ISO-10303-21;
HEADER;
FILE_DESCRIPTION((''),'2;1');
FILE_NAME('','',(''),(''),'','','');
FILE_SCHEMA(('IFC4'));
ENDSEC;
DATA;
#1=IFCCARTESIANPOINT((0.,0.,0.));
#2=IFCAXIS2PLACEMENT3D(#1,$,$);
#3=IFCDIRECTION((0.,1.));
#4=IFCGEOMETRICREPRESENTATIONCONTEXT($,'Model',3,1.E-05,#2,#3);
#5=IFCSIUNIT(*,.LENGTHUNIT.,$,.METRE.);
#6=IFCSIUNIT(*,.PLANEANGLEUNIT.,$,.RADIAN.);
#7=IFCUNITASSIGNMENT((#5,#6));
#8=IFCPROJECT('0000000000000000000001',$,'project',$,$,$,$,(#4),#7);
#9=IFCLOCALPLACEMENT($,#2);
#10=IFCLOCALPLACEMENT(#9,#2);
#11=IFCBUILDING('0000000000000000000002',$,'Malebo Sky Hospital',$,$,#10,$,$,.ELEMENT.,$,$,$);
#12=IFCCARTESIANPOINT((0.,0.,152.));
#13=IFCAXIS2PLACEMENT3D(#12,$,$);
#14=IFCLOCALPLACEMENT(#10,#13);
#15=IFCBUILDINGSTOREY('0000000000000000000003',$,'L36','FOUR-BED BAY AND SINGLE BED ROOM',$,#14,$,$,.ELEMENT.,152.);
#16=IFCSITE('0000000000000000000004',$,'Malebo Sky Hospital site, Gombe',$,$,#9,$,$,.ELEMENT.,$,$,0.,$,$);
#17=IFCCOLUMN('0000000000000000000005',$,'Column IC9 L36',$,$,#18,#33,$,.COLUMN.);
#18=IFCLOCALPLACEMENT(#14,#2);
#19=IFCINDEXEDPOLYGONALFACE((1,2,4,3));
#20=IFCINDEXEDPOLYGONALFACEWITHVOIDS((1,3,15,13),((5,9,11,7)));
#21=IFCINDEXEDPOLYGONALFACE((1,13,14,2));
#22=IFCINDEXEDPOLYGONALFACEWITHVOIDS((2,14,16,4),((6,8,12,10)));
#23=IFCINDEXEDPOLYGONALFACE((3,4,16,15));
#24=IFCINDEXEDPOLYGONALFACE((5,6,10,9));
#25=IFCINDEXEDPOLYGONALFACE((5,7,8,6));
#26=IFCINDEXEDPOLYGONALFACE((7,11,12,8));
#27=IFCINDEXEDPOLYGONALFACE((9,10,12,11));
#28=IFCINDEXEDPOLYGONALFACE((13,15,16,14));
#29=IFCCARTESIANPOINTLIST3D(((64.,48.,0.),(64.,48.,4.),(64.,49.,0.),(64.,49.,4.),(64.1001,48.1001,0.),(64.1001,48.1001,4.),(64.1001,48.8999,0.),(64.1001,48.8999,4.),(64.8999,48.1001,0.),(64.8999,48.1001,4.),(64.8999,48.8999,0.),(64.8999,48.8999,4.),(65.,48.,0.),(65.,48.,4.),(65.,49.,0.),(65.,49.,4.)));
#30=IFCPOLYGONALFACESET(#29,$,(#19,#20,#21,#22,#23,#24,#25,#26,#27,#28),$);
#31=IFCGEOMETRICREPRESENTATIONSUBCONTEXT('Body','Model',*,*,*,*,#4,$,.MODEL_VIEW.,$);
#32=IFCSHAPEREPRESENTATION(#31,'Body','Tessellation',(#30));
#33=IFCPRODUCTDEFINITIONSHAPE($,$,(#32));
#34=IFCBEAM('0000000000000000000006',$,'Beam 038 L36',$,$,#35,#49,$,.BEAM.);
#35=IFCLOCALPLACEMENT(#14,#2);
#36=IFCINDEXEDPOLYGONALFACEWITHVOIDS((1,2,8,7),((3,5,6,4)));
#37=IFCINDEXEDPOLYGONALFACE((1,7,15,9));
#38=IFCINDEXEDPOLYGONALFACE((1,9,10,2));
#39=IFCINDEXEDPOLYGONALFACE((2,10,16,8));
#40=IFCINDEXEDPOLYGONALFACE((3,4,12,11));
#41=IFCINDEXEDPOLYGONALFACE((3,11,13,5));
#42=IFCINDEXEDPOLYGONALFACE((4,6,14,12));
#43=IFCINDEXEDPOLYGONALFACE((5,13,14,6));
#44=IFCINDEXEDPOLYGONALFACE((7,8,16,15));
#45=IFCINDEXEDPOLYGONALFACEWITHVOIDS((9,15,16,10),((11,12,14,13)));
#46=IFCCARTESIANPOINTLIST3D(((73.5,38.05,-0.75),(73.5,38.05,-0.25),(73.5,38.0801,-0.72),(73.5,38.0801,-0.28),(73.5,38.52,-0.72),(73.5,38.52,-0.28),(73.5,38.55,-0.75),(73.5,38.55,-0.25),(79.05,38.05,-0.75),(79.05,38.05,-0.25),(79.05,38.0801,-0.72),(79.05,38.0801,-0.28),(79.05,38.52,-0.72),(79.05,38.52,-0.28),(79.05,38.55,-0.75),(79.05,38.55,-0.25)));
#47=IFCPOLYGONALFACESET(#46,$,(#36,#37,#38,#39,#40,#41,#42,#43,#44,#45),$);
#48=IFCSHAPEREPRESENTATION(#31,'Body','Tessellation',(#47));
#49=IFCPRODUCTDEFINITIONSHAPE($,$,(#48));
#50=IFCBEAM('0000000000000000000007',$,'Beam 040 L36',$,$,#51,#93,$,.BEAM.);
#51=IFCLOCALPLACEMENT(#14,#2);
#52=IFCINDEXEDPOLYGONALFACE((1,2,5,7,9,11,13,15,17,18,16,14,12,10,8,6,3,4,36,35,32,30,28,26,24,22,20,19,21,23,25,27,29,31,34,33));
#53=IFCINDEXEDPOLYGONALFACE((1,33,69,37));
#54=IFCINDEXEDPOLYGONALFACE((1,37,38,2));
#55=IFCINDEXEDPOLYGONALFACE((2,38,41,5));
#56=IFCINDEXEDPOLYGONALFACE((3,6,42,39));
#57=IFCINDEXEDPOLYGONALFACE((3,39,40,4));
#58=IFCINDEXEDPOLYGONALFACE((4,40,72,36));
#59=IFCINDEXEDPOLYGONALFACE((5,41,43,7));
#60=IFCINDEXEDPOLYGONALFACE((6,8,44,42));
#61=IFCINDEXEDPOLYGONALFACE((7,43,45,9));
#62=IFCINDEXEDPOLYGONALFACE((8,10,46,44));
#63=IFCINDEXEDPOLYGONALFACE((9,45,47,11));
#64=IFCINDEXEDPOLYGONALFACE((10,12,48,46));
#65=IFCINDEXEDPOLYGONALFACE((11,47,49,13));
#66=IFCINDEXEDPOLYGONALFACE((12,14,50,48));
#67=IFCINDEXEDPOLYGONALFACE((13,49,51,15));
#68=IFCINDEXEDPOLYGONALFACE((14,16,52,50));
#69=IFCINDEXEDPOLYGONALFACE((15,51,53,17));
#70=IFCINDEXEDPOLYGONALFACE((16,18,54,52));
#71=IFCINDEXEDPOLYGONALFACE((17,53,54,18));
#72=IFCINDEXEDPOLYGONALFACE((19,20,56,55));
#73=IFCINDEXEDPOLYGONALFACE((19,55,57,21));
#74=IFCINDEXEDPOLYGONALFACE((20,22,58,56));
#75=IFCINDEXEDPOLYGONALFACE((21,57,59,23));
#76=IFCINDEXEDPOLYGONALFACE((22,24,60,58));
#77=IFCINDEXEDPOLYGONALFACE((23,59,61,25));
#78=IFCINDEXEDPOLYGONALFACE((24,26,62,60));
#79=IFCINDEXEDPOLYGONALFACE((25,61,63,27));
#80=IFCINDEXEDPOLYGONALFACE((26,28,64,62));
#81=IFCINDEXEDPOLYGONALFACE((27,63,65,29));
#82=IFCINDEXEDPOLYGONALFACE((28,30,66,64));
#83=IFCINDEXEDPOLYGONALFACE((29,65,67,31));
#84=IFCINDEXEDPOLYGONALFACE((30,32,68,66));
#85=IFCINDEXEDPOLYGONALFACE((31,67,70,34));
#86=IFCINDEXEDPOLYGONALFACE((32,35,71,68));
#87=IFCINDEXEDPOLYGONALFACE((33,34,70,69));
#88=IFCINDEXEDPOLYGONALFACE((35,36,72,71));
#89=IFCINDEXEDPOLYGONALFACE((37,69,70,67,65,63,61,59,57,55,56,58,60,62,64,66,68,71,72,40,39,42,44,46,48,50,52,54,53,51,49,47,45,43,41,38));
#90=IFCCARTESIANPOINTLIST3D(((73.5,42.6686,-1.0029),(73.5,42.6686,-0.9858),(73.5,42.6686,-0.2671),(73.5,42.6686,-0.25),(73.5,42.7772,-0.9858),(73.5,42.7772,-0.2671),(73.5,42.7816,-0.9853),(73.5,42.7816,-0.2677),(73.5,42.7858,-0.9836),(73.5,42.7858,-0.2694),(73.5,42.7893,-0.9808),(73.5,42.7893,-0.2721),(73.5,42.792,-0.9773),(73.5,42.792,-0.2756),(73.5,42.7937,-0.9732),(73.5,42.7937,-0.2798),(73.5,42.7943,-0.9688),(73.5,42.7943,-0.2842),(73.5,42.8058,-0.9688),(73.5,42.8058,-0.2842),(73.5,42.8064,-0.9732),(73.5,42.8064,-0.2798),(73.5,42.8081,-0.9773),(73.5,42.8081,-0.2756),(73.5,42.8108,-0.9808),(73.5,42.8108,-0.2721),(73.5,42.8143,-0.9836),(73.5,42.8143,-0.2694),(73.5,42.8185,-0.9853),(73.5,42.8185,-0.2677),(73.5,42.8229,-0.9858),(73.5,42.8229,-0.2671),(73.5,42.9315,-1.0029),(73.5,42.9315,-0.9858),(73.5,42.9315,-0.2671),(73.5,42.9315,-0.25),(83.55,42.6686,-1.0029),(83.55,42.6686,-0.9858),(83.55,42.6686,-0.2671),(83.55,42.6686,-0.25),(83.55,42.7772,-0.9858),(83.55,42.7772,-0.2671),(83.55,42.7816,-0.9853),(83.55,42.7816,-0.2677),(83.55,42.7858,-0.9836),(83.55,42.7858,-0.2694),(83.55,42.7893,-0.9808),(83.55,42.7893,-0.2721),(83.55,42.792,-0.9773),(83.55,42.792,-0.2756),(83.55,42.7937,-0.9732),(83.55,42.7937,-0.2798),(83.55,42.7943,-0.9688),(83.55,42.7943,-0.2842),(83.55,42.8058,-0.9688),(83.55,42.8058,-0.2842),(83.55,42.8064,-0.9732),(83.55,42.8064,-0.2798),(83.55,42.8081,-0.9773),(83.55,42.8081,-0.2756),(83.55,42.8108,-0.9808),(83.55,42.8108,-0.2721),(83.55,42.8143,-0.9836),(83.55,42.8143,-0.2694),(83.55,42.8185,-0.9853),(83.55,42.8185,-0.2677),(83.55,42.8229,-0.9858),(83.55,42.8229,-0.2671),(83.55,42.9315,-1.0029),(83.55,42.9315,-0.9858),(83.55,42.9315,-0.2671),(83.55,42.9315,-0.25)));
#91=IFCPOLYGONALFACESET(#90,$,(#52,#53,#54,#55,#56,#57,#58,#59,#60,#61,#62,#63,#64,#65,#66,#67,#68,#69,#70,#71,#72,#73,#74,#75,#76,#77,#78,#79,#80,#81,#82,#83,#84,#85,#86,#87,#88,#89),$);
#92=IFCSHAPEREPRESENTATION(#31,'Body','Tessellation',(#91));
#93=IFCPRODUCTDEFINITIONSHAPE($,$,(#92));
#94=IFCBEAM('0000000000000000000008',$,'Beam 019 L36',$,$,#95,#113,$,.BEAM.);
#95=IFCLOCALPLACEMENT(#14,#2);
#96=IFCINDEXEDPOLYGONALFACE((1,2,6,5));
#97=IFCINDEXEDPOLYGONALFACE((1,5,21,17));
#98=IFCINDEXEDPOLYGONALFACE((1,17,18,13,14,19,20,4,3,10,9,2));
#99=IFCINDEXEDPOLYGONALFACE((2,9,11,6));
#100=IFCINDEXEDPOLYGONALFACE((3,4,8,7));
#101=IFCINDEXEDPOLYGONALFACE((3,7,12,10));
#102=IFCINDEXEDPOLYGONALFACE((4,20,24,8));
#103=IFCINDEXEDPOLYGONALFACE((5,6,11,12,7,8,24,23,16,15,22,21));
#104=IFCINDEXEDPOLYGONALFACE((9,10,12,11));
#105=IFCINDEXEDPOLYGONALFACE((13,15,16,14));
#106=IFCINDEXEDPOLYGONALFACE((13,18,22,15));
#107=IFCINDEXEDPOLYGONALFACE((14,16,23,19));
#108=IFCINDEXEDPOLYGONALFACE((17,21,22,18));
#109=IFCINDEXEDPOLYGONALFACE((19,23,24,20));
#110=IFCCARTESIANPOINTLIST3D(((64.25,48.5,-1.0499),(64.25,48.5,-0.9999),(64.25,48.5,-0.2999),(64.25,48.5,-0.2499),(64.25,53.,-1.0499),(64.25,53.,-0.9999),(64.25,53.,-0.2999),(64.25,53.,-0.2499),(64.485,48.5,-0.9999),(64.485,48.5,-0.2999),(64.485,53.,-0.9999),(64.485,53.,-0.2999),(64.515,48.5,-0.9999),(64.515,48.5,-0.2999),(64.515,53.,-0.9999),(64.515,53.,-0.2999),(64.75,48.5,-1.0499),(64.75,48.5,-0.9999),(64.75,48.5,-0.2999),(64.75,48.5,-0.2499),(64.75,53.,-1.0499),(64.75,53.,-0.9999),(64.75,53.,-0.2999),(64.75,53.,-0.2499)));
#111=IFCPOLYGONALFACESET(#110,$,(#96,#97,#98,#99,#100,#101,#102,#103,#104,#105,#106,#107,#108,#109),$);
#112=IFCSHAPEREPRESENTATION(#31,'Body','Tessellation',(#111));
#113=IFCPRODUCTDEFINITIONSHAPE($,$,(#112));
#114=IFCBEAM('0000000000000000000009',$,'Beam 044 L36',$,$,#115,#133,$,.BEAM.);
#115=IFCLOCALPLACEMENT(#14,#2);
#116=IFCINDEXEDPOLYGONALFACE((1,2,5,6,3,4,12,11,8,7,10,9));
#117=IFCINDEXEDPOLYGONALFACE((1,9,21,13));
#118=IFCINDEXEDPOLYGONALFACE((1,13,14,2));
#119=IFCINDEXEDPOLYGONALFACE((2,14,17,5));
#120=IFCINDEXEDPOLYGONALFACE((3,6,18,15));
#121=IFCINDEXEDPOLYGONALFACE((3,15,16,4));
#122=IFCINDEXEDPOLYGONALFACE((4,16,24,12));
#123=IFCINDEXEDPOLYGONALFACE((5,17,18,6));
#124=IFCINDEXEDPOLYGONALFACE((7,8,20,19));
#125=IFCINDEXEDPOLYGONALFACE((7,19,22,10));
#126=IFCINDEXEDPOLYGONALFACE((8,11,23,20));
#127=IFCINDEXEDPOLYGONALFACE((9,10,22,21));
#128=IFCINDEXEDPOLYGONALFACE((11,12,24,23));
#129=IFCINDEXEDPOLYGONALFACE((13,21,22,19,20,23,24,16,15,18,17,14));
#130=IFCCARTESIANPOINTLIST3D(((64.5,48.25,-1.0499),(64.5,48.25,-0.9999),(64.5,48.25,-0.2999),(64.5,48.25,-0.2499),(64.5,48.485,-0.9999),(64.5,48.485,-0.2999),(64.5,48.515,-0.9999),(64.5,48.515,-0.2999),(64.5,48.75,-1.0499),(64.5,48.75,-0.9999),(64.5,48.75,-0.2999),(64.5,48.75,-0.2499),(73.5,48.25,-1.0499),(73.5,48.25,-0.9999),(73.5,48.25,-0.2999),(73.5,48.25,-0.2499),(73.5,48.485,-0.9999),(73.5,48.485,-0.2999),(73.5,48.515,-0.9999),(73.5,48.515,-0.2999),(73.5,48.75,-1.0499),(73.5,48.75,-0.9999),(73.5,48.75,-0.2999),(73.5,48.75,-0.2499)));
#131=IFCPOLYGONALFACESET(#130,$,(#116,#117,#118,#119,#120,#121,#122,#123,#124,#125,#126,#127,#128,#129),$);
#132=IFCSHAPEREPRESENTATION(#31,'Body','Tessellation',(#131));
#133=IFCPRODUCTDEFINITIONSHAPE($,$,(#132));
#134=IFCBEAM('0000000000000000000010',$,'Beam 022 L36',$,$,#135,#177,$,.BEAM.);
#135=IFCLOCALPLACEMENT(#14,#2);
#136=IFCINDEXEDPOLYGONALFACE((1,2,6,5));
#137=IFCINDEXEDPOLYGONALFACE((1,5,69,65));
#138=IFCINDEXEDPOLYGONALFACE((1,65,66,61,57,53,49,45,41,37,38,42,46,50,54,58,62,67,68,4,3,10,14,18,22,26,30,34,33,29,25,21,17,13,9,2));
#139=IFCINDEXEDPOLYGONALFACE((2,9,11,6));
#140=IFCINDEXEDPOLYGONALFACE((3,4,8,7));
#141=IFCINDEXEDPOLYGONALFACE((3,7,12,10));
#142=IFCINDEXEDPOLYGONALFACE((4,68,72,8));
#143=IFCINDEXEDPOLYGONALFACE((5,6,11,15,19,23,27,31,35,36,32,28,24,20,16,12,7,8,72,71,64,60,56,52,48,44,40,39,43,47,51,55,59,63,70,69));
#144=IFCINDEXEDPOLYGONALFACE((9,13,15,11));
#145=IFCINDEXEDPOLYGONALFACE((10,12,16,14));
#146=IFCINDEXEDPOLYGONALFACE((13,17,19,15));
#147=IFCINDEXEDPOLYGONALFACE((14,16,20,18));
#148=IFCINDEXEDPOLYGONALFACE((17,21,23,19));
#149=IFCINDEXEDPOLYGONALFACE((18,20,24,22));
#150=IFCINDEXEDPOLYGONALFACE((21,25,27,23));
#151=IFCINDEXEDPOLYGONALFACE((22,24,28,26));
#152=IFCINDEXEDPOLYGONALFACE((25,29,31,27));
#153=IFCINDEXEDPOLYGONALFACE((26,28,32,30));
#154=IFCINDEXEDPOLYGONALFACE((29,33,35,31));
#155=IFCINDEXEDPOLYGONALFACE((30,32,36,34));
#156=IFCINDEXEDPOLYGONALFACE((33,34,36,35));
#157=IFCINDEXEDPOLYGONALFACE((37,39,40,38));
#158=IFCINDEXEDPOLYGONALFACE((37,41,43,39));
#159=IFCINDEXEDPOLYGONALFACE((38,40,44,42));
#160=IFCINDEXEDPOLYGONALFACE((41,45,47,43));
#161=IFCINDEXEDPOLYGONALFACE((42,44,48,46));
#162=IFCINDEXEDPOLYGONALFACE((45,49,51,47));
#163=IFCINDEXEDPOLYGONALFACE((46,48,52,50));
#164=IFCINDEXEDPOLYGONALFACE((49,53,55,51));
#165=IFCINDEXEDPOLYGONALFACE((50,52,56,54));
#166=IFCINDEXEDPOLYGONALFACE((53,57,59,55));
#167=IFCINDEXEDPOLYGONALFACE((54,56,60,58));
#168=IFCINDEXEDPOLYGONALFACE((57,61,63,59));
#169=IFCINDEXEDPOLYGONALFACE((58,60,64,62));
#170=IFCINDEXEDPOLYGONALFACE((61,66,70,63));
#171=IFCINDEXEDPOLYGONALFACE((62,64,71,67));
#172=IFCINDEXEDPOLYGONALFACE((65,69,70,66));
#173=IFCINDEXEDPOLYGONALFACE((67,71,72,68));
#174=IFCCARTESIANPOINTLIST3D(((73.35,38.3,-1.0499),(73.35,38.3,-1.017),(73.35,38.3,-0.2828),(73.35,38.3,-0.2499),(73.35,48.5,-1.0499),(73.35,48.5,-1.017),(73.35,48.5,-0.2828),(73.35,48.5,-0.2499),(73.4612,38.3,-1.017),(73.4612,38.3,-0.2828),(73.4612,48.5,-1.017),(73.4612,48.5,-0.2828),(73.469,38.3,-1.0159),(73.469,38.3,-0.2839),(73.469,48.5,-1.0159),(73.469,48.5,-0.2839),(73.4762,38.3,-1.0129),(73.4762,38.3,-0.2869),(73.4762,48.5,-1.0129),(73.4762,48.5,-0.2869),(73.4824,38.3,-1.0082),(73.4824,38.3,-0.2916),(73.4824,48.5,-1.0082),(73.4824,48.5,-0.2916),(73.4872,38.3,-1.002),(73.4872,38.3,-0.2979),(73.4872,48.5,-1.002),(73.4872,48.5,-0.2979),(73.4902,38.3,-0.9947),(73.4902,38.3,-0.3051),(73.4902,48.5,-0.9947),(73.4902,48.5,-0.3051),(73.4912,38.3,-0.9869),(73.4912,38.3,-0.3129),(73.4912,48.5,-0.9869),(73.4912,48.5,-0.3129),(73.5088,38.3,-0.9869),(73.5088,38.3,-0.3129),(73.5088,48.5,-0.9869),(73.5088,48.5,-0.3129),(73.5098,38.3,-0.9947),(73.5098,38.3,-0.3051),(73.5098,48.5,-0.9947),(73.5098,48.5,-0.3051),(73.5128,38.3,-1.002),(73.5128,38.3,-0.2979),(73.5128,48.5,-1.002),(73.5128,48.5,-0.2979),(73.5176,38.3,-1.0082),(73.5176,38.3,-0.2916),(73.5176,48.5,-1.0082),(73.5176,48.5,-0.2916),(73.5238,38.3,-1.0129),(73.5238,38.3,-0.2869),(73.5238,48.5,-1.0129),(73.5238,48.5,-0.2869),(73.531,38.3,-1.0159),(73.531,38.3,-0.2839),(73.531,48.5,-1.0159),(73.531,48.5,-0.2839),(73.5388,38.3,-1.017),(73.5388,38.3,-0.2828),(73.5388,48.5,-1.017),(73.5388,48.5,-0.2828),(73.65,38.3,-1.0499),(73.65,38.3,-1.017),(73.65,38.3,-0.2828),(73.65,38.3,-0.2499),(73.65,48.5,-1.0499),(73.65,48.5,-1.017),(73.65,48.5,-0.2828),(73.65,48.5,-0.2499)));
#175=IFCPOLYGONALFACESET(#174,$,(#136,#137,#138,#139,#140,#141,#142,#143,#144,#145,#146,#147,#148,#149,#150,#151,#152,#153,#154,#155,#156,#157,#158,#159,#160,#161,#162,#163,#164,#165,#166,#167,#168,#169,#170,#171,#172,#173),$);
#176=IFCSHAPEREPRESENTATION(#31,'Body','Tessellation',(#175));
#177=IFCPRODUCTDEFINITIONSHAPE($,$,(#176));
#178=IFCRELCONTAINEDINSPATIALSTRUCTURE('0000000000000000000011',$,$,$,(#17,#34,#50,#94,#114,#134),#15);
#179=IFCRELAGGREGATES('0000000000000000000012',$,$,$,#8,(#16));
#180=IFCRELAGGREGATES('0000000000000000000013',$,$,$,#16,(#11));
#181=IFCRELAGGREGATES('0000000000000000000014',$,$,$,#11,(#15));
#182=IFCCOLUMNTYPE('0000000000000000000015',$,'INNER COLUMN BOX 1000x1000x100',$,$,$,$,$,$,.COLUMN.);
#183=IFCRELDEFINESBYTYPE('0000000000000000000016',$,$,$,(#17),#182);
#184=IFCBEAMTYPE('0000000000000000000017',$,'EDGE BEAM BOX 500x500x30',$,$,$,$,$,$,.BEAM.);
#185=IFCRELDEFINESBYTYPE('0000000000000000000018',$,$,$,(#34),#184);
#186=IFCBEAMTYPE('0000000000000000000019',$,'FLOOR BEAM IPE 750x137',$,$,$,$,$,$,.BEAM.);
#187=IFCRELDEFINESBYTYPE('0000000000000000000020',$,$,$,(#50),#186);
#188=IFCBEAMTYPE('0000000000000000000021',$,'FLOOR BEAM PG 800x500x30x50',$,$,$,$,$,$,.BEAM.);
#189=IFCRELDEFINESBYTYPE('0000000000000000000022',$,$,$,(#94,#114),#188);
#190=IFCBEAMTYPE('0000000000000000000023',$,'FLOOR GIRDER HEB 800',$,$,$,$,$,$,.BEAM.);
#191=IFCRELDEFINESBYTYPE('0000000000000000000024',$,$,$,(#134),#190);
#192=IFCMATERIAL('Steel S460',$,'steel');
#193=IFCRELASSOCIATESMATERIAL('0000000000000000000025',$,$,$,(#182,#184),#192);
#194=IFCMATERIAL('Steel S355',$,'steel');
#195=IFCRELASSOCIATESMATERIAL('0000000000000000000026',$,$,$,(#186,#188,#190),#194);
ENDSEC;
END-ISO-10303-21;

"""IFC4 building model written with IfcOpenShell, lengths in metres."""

from ifc_helpers import new_model, si_unit, direction, frame, origin, origin_2d, place, context, subcontext, project, spatial, hollow_rectangle, i_section, extrude, material, material_profile, profile_set, type_object, element, save


model = new_model("IFC4")

# Units and contexts
model_context = context("Model", 3, precision=1e-05, world=origin(), true_north=direction((0.0, 1.0)))
body_context = subcontext(model_context, "Body", "Model", "MODEL_VIEW")
ifc_project = project(units=[si_unit("LENGTHUNIT", "METRE"), si_unit("PLANEANGLEUNIT", "RADIAN")], contexts=[model_context])

# Site, building, storey
site_placement = place(None, origin())
site = spatial("IfcSite", under=ifc_project, at=site_placement, Name="Malebo Sky Hospital site, Gombe", CompositionType="ELEMENT", RefElevation=0.0)
building_placement = place(site_placement, origin())
building = spatial("IfcBuilding", under=site, at=building_placement, Name="Malebo Sky Hospital", CompositionType="ELEMENT")
storey_placement = place(building_placement, frame((0.0, 0.0, 152.0)))
storey = spatial("IfcBuildingStorey", under=building, at=storey_placement, Name="L36", Description="FOUR-BED BAY AND SINGLE BED ROOM", CompositionType="ELEMENT", Elevation=152.0)

# Column
ifc_material_1 = material(Name="Steel S460", Category="steel")
ifc_material_profile_1 = material_profile(ifc_material_1, hollow_rectangle(XDim=1.0, YDim=1.0, WallThickness=0.1001, at=origin_2d()), Name="BOX 1000x1000x100")
ifc_profile_set_1 = profile_set([ifc_material_profile_1], Name="Steel S460")
column_type = type_object("IfcColumnType", Name="INNER COLUMN BOX 1000x1000x100", PredefinedType="COLUMN", material=ifc_profile_set_1)
column_placement = place(storey_placement, frame((64.5, 48.5, 0.0), z_axis=(0.0, 0.0, 1.0), x_axis=(1.0, 0.0, 0.0)))
element("IfcColumn", 1, at=column_placement, inside=storey, type_object=column_type, Name="Column IC9 L36", PredefinedType="COLUMN", context=body_context, shape_type="SweptSolid", body=[
    extrude(hollow_rectangle(XDim=1.0, YDim=1.0, WallThickness=0.1001, at=origin_2d()), origin(), (0.0, 0.0, 1.0), 4.0),
])

# Beams
ifc_material_profile_2 = material_profile(ifc_material_1, hollow_rectangle(XDim=0.5, YDim=0.5, WallThickness=0.03, at=origin_2d()), Name="BOX 500x500x30")
ifc_profile_set_2 = profile_set([ifc_material_profile_2], Name="Steel S460")
beam_type_1 = type_object("IfcBeamType", Name="EDGE BEAM BOX 500x500x30", PredefinedType="BEAM", material=ifc_profile_set_2)
beam_1_placement = place(storey_placement, frame((73.5, 38.3, -0.5), z_axis=(1.0, 0.0, 0.0), x_axis=(0.0, 1.0, 0.0)))
element("IfcBeam", 2, at=beam_1_placement, inside=storey, type_object=beam_type_1, Name="Beam 038 L36", PredefinedType="BEAM", context=body_context, shape_type="SweptSolid", body=[
    extrude(hollow_rectangle(XDim=0.5, YDim=0.5, WallThickness=0.03, at=origin_2d()), origin(), (0.0, 0.0, 1.0), 5.55),
])
ifc_material_2 = material(Name="Steel S355", Category="steel")
ifc_material_profile_3 = material_profile(ifc_material_2, i_section(OverallWidth=0.2629, OverallDepth=0.7529, WebThickness=0.0115, FlangeThickness=0.0171, FilletRadius=0.0171, at=origin_2d()), Name="IPE 750x137")
ifc_profile_set_3 = profile_set([ifc_material_profile_3], Name="Steel S355")
beam_type_2 = type_object("IfcBeamType", Name="FLOOR BEAM IPE 750x137", PredefinedType="BEAM", material=ifc_profile_set_3)
beam_2_placement = place(storey_placement, frame((73.5, 42.8, -0.6265), z_axis=(1.0, 0.0, 0.0), x_axis=(0.0, 1.0, 0.0)))
element("IfcBeam", 3, at=beam_2_placement, inside=storey, type_object=beam_type_2, Name="Beam 040 L36", PredefinedType="BEAM", context=body_context, shape_type="SweptSolid", body=[
    extrude(i_section(OverallWidth=0.2629, OverallDepth=0.7529, WebThickness=0.0115, FlangeThickness=0.0171, FilletRadius=0.0171, at=origin_2d()), origin(), (0.0, 0.0, 1.0), 10.05),
])
ifc_material_profile_4 = material_profile(ifc_material_2, i_section(OverallWidth=0.5, OverallDepth=0.8, WebThickness=0.03, FlangeThickness=0.05, at=origin_2d()), Name="PG 800x500x30x50")
ifc_profile_set_4 = profile_set([ifc_material_profile_4], Name="Steel S355")
beam_type_3 = type_object("IfcBeamType", Name="FLOOR BEAM PG 800x500x30x50", PredefinedType="BEAM", material=ifc_profile_set_4)
beam_3_placement = place(storey_placement, frame((64.5, 48.5, -0.6499), z_axis=(0.0, 1.0, 0.0), x_axis=(-1.0, 0.0, 0.0)))
element("IfcBeam", 4, at=beam_3_placement, inside=storey, type_object=beam_type_3, Name="Beam 019 L36", PredefinedType="BEAM", context=body_context, shape_type="SweptSolid", body=[
    extrude(i_section(OverallWidth=0.5, OverallDepth=0.8, WebThickness=0.03, FlangeThickness=0.05, at=origin_2d()), origin(), (0.0, 0.0, 1.0), 4.5),
])
beam_4_placement = place(storey_placement, frame((64.5, 48.5, -0.6499), z_axis=(1.0, 0.0, 0.0), x_axis=(0.0, 1.0, 0.0)))
element("IfcBeam", 5, at=beam_4_placement, inside=storey, type_object=beam_type_3, Name="Beam 044 L36", PredefinedType="BEAM", context=body_context, shape_type="SweptSolid", body=[
    extrude(i_section(OverallWidth=0.5, OverallDepth=0.8, WebThickness=0.03, FlangeThickness=0.05, at=origin_2d()), origin(), (0.0, 0.0, 1.0), 9.0),
])
ifc_material_profile_5 = material_profile(ifc_material_2, i_section(OverallWidth=0.3, OverallDepth=0.8, WebThickness=0.0176, FlangeThickness=0.033, FilletRadius=0.03, at=origin_2d()), Name="HEB 800")
ifc_profile_set_5 = profile_set([ifc_material_profile_5], Name="Steel S355")
beam_type_4 = type_object("IfcBeamType", Name="FLOOR GIRDER HEB 800", PredefinedType="BEAM", material=ifc_profile_set_5)
beam_5_placement = place(storey_placement, frame((73.5, 38.3, -0.6499), z_axis=(0.0, 1.0, 0.0), x_axis=(-1.0, 0.0, 0.0)))
element("IfcBeam", 6, at=beam_5_placement, inside=storey, type_object=beam_type_4, Name="Beam 022 L36", PredefinedType="BEAM", context=body_context, shape_type="SweptSolid", body=[
    extrude(i_section(OverallWidth=0.3, OverallDepth=0.8, WebThickness=0.0176, FlangeThickness=0.033, FilletRadius=0.03, at=origin_2d()), origin(), (0.0, 0.0, 1.0), 10.2),
])

save(model, "model.ifc")
